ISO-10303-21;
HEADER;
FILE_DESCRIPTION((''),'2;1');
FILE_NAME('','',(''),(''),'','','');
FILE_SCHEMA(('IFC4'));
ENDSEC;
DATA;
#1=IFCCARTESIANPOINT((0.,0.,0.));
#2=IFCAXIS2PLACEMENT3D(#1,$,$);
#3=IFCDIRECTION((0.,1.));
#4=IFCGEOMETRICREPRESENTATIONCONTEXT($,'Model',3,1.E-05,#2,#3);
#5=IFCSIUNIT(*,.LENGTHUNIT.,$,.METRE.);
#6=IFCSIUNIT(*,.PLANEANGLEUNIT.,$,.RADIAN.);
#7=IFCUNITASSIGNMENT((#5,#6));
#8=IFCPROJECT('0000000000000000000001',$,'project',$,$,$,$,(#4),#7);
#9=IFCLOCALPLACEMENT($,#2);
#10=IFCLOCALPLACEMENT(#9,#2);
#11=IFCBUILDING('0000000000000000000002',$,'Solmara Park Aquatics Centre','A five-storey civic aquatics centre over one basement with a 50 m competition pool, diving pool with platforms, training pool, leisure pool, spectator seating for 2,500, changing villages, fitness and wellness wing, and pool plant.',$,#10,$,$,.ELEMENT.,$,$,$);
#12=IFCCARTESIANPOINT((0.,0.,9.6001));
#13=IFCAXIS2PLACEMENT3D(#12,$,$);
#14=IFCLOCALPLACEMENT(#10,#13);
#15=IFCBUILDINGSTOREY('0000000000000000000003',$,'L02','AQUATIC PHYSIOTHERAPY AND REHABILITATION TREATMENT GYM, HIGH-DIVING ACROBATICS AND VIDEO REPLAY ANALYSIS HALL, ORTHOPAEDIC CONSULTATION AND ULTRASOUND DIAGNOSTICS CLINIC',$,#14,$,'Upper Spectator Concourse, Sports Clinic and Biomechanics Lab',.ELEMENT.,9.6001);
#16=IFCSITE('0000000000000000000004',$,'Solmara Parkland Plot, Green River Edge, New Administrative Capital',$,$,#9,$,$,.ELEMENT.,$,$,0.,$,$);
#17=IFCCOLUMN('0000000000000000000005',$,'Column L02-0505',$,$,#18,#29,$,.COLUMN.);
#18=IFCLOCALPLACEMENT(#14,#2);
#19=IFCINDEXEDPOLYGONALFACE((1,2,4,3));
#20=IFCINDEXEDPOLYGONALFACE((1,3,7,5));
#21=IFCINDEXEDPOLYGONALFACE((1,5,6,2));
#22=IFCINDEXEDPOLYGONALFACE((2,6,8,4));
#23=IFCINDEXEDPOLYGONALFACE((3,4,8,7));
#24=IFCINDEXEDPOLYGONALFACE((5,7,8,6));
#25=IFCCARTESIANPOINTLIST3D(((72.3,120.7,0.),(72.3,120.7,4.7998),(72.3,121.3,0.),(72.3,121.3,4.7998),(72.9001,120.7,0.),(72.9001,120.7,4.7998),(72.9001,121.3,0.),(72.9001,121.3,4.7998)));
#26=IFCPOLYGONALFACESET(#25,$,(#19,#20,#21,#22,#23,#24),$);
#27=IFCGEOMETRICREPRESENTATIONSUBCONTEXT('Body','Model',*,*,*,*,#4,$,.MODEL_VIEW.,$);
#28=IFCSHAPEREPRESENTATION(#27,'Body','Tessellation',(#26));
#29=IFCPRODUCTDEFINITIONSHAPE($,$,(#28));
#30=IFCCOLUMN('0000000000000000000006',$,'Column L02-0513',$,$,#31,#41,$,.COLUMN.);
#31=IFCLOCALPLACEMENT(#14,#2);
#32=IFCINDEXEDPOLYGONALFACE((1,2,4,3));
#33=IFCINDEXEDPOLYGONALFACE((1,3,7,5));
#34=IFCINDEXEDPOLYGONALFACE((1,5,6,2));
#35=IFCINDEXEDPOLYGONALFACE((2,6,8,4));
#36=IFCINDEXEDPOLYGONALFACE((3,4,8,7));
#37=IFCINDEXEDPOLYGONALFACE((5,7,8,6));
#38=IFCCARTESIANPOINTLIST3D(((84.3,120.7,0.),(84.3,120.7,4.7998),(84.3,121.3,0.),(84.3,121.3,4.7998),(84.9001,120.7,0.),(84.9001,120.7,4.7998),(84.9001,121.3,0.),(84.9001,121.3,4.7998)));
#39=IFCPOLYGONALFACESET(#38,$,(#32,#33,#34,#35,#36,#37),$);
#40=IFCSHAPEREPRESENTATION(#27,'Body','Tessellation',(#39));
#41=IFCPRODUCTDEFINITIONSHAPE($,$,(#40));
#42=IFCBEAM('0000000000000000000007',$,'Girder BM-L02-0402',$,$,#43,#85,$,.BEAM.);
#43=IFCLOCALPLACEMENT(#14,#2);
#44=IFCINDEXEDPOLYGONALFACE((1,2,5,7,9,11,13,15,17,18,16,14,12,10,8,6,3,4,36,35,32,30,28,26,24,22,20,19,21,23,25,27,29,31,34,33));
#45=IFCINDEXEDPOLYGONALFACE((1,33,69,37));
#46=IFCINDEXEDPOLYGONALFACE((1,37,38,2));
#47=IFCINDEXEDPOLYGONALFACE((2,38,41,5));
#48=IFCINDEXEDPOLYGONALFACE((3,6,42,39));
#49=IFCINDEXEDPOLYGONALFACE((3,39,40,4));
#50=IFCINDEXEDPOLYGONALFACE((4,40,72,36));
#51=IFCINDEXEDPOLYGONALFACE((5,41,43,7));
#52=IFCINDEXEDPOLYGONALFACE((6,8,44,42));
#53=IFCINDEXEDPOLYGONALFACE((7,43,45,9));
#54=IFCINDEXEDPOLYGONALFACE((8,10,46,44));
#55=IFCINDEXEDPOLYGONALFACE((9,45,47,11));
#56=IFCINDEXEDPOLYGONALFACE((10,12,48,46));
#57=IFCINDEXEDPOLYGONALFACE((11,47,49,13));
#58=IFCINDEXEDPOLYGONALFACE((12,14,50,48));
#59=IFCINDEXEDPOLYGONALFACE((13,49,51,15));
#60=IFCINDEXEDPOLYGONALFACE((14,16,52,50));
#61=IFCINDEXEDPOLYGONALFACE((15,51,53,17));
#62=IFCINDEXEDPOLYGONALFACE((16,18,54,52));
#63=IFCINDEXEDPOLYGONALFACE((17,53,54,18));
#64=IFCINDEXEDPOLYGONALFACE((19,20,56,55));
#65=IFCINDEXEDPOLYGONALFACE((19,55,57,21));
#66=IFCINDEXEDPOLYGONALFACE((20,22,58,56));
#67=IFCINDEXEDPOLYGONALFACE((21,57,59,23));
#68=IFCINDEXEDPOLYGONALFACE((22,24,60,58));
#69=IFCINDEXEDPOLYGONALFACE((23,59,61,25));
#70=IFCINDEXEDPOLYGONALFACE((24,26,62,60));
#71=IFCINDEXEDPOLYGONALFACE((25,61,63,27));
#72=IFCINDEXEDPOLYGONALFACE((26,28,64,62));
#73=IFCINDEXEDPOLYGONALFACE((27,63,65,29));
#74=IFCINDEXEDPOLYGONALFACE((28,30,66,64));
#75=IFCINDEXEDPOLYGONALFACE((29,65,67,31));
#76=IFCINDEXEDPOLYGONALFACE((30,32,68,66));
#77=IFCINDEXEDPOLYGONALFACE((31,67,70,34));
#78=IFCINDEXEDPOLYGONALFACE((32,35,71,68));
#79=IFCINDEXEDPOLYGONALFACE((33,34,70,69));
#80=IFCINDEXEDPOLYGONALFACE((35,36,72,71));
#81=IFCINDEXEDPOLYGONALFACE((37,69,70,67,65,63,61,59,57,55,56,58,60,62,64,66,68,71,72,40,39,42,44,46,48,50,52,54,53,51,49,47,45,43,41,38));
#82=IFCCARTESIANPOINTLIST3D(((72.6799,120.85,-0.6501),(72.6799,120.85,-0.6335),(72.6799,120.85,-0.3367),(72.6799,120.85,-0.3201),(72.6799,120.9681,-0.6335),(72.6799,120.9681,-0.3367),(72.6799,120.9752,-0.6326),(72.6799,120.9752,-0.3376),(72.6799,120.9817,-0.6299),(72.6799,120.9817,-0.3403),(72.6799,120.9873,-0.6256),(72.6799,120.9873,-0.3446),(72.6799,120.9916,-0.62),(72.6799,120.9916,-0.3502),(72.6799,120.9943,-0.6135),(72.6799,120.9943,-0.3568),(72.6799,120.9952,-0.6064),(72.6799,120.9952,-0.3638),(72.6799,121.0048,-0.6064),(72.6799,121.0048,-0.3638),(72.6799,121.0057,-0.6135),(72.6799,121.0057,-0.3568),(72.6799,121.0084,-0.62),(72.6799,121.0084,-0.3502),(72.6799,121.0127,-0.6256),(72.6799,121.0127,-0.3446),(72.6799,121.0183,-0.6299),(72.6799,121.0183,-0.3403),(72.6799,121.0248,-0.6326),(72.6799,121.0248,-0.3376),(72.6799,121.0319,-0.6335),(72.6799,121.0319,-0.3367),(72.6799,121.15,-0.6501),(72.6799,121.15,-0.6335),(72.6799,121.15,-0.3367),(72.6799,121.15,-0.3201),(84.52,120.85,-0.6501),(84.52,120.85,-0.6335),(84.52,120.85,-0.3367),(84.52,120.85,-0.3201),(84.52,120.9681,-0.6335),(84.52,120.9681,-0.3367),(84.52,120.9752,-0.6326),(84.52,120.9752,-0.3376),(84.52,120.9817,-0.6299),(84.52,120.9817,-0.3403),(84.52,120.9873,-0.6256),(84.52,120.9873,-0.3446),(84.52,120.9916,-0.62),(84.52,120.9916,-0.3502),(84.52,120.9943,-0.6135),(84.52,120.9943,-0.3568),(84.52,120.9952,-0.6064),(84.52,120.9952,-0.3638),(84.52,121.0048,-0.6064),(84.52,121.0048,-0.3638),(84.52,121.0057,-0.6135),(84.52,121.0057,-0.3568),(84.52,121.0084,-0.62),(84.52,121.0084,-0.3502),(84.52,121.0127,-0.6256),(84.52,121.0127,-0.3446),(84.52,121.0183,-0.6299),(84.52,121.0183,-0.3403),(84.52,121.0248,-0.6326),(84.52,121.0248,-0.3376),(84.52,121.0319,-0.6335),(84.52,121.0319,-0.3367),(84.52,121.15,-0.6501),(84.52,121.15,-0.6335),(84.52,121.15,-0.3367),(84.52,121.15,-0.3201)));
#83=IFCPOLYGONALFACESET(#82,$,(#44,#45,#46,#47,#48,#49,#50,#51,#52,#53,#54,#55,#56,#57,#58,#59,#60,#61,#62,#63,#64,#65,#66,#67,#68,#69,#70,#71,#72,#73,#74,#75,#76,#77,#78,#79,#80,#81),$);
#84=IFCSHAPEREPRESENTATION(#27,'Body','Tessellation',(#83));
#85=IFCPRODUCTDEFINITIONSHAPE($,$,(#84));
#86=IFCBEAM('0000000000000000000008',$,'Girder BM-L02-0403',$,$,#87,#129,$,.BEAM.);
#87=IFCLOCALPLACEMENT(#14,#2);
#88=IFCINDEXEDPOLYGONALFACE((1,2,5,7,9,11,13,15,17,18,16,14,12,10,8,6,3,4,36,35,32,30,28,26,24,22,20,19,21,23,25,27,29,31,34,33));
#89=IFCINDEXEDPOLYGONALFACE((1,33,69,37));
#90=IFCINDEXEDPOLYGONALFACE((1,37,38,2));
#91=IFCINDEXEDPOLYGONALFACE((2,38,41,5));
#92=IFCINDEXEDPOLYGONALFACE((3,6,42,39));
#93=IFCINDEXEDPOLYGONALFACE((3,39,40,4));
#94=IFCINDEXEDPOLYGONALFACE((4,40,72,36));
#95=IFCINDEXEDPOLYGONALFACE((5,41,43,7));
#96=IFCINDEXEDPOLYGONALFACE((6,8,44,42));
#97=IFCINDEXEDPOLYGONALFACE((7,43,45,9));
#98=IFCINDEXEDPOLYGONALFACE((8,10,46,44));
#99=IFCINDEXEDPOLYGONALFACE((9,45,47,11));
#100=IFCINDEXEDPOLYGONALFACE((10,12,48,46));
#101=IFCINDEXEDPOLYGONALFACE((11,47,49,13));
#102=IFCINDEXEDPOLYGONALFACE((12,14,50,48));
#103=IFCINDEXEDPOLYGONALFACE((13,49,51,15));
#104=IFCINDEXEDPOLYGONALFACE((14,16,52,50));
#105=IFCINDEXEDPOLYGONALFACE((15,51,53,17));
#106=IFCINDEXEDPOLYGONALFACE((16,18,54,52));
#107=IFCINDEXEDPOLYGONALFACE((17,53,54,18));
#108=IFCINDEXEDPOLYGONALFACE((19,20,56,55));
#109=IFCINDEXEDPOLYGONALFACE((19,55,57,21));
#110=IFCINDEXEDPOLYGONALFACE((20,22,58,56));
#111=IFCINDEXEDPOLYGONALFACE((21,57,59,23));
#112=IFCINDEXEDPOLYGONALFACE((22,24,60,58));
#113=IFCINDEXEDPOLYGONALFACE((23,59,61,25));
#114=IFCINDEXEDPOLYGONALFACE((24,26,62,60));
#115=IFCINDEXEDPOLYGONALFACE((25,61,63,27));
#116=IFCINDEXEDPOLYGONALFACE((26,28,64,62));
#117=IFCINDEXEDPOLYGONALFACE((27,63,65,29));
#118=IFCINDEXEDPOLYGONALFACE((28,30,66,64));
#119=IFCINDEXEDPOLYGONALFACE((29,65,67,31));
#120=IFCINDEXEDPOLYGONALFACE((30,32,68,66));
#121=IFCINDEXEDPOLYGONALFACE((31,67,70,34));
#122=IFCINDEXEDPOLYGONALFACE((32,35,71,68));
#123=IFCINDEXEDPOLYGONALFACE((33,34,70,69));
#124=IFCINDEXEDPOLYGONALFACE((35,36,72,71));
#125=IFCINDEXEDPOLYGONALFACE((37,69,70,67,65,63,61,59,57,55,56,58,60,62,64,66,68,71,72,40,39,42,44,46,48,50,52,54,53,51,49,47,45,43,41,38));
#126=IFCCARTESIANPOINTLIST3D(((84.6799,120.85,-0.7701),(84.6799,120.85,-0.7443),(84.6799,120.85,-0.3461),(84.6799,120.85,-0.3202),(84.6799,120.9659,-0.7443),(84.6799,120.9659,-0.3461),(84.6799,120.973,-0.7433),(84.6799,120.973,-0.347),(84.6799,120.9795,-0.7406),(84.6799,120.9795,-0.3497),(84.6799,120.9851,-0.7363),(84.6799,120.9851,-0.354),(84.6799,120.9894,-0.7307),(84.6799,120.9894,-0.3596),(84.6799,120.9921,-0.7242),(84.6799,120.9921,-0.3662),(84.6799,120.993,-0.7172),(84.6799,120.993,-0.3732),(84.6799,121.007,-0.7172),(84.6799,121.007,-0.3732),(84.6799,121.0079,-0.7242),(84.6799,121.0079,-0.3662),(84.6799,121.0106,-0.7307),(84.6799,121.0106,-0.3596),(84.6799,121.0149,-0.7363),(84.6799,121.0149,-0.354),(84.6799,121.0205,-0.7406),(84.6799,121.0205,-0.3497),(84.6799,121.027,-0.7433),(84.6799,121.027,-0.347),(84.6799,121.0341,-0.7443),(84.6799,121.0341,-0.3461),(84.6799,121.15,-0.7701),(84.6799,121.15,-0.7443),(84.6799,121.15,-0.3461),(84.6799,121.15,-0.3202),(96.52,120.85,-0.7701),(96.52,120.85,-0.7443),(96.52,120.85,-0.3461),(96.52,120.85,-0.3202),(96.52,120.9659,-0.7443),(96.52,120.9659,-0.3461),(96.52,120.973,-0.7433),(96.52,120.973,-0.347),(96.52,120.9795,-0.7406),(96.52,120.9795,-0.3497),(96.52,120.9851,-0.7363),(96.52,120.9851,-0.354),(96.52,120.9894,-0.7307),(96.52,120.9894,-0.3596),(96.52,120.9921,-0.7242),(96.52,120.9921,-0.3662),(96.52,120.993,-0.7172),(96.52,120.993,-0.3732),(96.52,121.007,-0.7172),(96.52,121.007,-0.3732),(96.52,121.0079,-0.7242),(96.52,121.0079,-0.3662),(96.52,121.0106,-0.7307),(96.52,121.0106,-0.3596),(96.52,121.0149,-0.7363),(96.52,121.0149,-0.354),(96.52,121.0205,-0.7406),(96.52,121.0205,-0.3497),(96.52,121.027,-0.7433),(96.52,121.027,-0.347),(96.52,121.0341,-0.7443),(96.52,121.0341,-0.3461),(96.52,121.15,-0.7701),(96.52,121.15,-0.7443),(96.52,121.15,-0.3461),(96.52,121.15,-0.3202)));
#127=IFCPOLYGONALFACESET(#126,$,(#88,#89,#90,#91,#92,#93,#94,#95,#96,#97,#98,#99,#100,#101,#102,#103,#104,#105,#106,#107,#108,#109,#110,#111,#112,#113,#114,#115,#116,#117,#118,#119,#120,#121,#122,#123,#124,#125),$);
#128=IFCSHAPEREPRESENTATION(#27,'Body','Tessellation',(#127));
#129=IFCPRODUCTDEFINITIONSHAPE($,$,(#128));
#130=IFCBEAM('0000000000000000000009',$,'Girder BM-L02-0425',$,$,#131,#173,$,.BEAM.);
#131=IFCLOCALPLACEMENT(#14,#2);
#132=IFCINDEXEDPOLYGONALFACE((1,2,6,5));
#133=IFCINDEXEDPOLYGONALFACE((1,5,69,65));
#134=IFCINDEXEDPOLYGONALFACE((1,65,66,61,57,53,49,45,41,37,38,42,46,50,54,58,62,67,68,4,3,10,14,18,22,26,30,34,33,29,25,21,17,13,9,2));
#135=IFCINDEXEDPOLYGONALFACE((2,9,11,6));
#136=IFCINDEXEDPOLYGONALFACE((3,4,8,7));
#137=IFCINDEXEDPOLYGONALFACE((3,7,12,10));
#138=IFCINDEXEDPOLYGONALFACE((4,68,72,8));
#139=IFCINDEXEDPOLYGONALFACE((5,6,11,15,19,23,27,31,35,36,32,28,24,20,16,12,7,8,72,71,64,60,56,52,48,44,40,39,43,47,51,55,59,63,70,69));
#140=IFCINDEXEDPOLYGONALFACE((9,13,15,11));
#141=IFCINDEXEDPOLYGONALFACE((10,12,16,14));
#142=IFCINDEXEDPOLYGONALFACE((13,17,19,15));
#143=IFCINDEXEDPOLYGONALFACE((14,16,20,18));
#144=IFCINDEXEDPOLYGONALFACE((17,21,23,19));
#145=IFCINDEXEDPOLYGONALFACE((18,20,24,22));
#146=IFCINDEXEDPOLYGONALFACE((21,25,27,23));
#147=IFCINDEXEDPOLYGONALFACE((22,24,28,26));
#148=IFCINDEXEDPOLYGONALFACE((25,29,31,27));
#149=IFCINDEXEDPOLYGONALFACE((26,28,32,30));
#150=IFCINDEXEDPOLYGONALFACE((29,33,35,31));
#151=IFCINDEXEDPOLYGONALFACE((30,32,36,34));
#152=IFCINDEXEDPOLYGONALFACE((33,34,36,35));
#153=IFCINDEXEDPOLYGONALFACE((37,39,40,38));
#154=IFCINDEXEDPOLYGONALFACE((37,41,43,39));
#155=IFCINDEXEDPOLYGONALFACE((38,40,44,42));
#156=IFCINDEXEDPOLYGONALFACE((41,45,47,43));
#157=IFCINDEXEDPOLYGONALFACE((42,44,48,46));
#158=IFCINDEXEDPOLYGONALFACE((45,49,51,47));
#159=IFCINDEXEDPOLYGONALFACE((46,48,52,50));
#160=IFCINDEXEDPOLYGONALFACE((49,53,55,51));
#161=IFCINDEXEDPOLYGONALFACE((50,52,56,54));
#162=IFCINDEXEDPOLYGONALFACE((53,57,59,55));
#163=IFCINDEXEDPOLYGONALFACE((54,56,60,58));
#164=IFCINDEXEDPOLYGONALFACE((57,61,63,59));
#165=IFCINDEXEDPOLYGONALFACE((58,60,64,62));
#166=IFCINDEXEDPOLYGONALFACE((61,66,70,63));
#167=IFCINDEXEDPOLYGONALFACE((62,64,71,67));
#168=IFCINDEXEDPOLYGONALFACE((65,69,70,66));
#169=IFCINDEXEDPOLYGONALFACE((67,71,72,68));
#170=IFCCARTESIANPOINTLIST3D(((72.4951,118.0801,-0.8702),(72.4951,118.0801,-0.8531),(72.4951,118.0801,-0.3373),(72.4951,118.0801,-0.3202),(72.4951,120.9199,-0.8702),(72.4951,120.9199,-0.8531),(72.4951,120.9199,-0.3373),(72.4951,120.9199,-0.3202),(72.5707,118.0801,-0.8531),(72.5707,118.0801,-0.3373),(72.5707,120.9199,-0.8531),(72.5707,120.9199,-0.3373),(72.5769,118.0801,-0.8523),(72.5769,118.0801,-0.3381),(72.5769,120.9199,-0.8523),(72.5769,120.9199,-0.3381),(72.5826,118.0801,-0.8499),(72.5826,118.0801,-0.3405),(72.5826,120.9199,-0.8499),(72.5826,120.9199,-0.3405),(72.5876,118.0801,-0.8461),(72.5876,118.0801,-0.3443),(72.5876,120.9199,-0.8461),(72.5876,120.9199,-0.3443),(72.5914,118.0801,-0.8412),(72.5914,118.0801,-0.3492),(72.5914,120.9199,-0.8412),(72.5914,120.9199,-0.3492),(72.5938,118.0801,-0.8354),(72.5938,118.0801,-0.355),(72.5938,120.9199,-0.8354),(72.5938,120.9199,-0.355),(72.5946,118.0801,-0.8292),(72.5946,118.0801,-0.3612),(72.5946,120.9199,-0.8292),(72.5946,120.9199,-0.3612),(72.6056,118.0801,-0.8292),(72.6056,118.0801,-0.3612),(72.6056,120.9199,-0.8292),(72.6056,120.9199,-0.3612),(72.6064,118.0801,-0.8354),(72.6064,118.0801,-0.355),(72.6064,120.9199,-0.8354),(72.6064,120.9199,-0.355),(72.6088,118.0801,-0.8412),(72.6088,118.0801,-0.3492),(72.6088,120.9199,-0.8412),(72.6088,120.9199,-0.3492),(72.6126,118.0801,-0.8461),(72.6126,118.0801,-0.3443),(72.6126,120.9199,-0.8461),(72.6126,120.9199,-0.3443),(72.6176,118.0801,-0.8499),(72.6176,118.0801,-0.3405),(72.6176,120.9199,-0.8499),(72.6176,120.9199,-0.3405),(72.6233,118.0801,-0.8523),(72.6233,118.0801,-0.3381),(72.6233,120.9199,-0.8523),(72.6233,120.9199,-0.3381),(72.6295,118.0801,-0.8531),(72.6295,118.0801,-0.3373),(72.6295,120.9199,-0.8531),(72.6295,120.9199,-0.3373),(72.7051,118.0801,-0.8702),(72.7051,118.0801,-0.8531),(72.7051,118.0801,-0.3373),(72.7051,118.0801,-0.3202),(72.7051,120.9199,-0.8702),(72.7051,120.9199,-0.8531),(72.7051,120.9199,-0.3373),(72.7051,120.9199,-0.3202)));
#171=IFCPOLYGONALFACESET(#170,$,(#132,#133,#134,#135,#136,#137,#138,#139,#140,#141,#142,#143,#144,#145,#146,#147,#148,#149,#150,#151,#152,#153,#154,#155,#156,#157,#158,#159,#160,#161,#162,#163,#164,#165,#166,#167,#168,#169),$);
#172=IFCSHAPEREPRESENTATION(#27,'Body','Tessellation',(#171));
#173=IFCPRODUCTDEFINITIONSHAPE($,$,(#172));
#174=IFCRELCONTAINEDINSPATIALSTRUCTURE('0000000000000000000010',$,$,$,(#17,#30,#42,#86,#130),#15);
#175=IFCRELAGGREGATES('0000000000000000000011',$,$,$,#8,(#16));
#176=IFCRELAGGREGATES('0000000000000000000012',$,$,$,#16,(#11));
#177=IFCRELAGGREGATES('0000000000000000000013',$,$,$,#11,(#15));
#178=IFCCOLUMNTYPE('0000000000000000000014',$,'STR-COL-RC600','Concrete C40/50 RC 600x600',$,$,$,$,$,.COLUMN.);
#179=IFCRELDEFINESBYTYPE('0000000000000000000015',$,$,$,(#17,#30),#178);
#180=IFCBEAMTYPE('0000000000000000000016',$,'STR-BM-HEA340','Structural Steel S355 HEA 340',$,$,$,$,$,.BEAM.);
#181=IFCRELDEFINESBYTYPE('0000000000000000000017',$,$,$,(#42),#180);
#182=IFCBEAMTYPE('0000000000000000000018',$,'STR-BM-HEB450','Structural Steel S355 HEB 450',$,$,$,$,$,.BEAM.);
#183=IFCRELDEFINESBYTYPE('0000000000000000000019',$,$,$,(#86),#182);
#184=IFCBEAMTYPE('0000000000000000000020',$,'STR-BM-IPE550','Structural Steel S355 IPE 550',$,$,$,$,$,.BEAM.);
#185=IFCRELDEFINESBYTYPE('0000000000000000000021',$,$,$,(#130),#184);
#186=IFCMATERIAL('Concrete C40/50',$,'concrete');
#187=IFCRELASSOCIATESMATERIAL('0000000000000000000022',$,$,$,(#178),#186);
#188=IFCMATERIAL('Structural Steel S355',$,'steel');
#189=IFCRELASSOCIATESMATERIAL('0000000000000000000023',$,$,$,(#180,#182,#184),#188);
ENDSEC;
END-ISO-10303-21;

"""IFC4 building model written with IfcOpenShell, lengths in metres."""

from ifc_helpers import new_model, si_unit, direction, frame, origin, origin_2d, place, context, subcontext, project, spatial, rectangle, i_section, extrude, material, material_profile, profile_set, type_object, element, save


model = new_model("IFC4")

# Units and contexts
model_context = context("Model", 3, precision=1e-05, world=origin(), true_north=direction((0.0, 1.0)))
body_context = subcontext(model_context, "Body", "Model", "MODEL_VIEW")
ifc_project = project(units=[si_unit("LENGTHUNIT", "METRE"), si_unit("PLANEANGLEUNIT", "RADIAN")], contexts=[model_context])

# Site, building, storey
site_placement = place(None, origin())
site = spatial("IfcSite", under=ifc_project, at=site_placement, Name="Solmara Parkland Plot, Green River Edge, New Administrative Capital", CompositionType="ELEMENT", RefElevation=0.0)
building_placement = place(site_placement, origin())
building = spatial("IfcBuilding", under=site, at=building_placement, Name="Solmara Park Aquatics Centre", Description="A five-storey civic aquatics centre over one basement with a 50 m competition pool, diving pool with platforms, training pool, leisure pool, spectator seating for 2,500, changing villages, fitness and wellness wing, and pool plant.", CompositionType="ELEMENT")
storey_placement = place(building_placement, frame((0.0, 0.0, 9.6001)))
storey = spatial("IfcBuildingStorey", under=building, at=storey_placement, Name="L02", Description="AQUATIC PHYSIOTHERAPY AND REHABILITATION TREATMENT GYM, HIGH-DIVING ACROBATICS AND VIDEO REPLAY ANALYSIS HALL, ORTHOPAEDIC CONSULTATION AND ULTRASOUND DIAGNOSTICS CLINIC", LongName="Upper Spectator Concourse, Sports Clinic and Biomechanics Lab", CompositionType="ELEMENT", Elevation=9.6001)

# Columns
ifc_material_1 = material(Name="Concrete C40/50", Category="concrete")
ifc_material_profile_1 = material_profile(ifc_material_1, rectangle(XDim=0.6001, YDim=0.6001, at=origin_2d()), Name="RC 600x600")
ifc_profile_set_1 = profile_set([ifc_material_profile_1], Name="Concrete C40/50")
column_type = type_object("IfcColumnType", Name="STR-COL-RC600", Description="Concrete C40/50 RC 600x600", PredefinedType="COLUMN", material=ifc_profile_set_1)
for number, where, z_axis, x_axis, name in (
    (1, (72.6001, 121.0, 0.0), (0.0, 0.0, 1.0), (1.0, 0.0, 0.0), "Column L02-0505"),
    (2, (84.6001, 121.0, 0.0), (0.0, 0.0, 1.0), (1.0, 0.0, 0.0), "Column L02-0513"),
):
    element("IfcColumn", number, at=place(storey_placement, frame(where, z_axis=z_axis, x_axis=x_axis)), inside=storey, type_object=column_type, Name=name, PredefinedType="COLUMN", context=body_context, shape_type="SweptSolid", body=[
        extrude(rectangle(XDim=0.6001, YDim=0.6001, at=origin_2d()), origin(), (0.0, 0.0, 1.0), 4.7998),
    ])

# Beams
ifc_material_2 = material(Name="Structural Steel S355", Category="steel")
ifc_material_profile_2 = material_profile(ifc_material_2, i_section(OverallWidth=0.3, OverallDepth=0.3301, WebThickness=0.0095, FlangeThickness=0.0166, FilletRadius=0.0271, at=origin_2d()), Name="HEA 340")
ifc_profile_set_2 = profile_set([ifc_material_profile_2], Name="Structural Steel S355")
beam_type_1 = type_object("IfcBeamType", Name="STR-BM-HEA340", Description="Structural Steel S355 HEA 340", PredefinedType="BEAM", material=ifc_profile_set_2)
beam_1_placement = place(storey_placement, frame((72.6799, 121.0, -0.4851), z_axis=(1.0, 0.0, 0.0), x_axis=(0.0, 1.0, 0.0)))
element("IfcBeam", 3, at=beam_1_placement, inside=storey, type_object=beam_type_1, Name="Girder BM-L02-0402", PredefinedType="BEAM", context=body_context, shape_type="SweptSolid", body=[
    extrude(i_section(OverallWidth=0.3, OverallDepth=0.3301, WebThickness=0.0095, FlangeThickness=0.0166, FilletRadius=0.0271, at=origin_2d()), origin(), (0.0, 0.0, 1.0), 11.8401),
])
ifc_material_profile_3 = material_profile(ifc_material_2, i_section(OverallWidth=0.3, OverallDepth=0.45, WebThickness=0.0139, FlangeThickness=0.0259, FilletRadius=0.0271, at=origin_2d()), Name="HEB 450")
ifc_profile_set_3 = profile_set([ifc_material_profile_3], Name="Structural Steel S355")
beam_type_2 = type_object("IfcBeamType", Name="STR-BM-HEB450", Description="Structural Steel S355 HEB 450", PredefinedType="BEAM", material=ifc_profile_set_3)
beam_2_placement = place(storey_placement, frame((84.6799, 121.0, -0.5452), z_axis=(1.0, 0.0, 0.0), x_axis=(0.0, 1.0, 0.0)))
element("IfcBeam", 4, at=beam_2_placement, inside=storey, type_object=beam_type_2, Name="Girder BM-L02-0403", PredefinedType="BEAM", context=body_context, shape_type="SweptSolid", body=[
    extrude(i_section(OverallWidth=0.3, OverallDepth=0.45, WebThickness=0.0139, FlangeThickness=0.0259, FilletRadius=0.0271, at=origin_2d()), origin(), (0.0, 0.0, 1.0), 11.8401),
])
ifc_material_profile_4 = material_profile(ifc_material_2, i_section(OverallWidth=0.21, OverallDepth=0.55, WebThickness=0.011, FlangeThickness=0.0171, FilletRadius=0.0239, at=origin_2d()), Name="IPE 550")
ifc_profile_set_4 = profile_set([ifc_material_profile_4], Name="Structural Steel S355")
beam_type_3 = type_object("IfcBeamType", Name="STR-BM-IPE550", Description="Structural Steel S355 IPE 550", PredefinedType="BEAM", material=ifc_profile_set_4)
beam_3_placement = place(storey_placement, frame((72.6001, 118.0801, -0.5952), z_axis=(0.0, 1.0, 0.0), x_axis=(-1.0, 0.0, 0.0)))
element("IfcBeam", 5, at=beam_3_placement, inside=storey, type_object=beam_type_3, Name="Girder BM-L02-0425", PredefinedType="BEAM", context=body_context, shape_type="SweptSolid", body=[
    extrude(i_section(OverallWidth=0.21, OverallDepth=0.55, WebThickness=0.011, FlangeThickness=0.0171, FilletRadius=0.0239, at=origin_2d()), origin(), (0.0, 0.0, 1.0), 2.8398),
])

save(model, "model.ifc")
